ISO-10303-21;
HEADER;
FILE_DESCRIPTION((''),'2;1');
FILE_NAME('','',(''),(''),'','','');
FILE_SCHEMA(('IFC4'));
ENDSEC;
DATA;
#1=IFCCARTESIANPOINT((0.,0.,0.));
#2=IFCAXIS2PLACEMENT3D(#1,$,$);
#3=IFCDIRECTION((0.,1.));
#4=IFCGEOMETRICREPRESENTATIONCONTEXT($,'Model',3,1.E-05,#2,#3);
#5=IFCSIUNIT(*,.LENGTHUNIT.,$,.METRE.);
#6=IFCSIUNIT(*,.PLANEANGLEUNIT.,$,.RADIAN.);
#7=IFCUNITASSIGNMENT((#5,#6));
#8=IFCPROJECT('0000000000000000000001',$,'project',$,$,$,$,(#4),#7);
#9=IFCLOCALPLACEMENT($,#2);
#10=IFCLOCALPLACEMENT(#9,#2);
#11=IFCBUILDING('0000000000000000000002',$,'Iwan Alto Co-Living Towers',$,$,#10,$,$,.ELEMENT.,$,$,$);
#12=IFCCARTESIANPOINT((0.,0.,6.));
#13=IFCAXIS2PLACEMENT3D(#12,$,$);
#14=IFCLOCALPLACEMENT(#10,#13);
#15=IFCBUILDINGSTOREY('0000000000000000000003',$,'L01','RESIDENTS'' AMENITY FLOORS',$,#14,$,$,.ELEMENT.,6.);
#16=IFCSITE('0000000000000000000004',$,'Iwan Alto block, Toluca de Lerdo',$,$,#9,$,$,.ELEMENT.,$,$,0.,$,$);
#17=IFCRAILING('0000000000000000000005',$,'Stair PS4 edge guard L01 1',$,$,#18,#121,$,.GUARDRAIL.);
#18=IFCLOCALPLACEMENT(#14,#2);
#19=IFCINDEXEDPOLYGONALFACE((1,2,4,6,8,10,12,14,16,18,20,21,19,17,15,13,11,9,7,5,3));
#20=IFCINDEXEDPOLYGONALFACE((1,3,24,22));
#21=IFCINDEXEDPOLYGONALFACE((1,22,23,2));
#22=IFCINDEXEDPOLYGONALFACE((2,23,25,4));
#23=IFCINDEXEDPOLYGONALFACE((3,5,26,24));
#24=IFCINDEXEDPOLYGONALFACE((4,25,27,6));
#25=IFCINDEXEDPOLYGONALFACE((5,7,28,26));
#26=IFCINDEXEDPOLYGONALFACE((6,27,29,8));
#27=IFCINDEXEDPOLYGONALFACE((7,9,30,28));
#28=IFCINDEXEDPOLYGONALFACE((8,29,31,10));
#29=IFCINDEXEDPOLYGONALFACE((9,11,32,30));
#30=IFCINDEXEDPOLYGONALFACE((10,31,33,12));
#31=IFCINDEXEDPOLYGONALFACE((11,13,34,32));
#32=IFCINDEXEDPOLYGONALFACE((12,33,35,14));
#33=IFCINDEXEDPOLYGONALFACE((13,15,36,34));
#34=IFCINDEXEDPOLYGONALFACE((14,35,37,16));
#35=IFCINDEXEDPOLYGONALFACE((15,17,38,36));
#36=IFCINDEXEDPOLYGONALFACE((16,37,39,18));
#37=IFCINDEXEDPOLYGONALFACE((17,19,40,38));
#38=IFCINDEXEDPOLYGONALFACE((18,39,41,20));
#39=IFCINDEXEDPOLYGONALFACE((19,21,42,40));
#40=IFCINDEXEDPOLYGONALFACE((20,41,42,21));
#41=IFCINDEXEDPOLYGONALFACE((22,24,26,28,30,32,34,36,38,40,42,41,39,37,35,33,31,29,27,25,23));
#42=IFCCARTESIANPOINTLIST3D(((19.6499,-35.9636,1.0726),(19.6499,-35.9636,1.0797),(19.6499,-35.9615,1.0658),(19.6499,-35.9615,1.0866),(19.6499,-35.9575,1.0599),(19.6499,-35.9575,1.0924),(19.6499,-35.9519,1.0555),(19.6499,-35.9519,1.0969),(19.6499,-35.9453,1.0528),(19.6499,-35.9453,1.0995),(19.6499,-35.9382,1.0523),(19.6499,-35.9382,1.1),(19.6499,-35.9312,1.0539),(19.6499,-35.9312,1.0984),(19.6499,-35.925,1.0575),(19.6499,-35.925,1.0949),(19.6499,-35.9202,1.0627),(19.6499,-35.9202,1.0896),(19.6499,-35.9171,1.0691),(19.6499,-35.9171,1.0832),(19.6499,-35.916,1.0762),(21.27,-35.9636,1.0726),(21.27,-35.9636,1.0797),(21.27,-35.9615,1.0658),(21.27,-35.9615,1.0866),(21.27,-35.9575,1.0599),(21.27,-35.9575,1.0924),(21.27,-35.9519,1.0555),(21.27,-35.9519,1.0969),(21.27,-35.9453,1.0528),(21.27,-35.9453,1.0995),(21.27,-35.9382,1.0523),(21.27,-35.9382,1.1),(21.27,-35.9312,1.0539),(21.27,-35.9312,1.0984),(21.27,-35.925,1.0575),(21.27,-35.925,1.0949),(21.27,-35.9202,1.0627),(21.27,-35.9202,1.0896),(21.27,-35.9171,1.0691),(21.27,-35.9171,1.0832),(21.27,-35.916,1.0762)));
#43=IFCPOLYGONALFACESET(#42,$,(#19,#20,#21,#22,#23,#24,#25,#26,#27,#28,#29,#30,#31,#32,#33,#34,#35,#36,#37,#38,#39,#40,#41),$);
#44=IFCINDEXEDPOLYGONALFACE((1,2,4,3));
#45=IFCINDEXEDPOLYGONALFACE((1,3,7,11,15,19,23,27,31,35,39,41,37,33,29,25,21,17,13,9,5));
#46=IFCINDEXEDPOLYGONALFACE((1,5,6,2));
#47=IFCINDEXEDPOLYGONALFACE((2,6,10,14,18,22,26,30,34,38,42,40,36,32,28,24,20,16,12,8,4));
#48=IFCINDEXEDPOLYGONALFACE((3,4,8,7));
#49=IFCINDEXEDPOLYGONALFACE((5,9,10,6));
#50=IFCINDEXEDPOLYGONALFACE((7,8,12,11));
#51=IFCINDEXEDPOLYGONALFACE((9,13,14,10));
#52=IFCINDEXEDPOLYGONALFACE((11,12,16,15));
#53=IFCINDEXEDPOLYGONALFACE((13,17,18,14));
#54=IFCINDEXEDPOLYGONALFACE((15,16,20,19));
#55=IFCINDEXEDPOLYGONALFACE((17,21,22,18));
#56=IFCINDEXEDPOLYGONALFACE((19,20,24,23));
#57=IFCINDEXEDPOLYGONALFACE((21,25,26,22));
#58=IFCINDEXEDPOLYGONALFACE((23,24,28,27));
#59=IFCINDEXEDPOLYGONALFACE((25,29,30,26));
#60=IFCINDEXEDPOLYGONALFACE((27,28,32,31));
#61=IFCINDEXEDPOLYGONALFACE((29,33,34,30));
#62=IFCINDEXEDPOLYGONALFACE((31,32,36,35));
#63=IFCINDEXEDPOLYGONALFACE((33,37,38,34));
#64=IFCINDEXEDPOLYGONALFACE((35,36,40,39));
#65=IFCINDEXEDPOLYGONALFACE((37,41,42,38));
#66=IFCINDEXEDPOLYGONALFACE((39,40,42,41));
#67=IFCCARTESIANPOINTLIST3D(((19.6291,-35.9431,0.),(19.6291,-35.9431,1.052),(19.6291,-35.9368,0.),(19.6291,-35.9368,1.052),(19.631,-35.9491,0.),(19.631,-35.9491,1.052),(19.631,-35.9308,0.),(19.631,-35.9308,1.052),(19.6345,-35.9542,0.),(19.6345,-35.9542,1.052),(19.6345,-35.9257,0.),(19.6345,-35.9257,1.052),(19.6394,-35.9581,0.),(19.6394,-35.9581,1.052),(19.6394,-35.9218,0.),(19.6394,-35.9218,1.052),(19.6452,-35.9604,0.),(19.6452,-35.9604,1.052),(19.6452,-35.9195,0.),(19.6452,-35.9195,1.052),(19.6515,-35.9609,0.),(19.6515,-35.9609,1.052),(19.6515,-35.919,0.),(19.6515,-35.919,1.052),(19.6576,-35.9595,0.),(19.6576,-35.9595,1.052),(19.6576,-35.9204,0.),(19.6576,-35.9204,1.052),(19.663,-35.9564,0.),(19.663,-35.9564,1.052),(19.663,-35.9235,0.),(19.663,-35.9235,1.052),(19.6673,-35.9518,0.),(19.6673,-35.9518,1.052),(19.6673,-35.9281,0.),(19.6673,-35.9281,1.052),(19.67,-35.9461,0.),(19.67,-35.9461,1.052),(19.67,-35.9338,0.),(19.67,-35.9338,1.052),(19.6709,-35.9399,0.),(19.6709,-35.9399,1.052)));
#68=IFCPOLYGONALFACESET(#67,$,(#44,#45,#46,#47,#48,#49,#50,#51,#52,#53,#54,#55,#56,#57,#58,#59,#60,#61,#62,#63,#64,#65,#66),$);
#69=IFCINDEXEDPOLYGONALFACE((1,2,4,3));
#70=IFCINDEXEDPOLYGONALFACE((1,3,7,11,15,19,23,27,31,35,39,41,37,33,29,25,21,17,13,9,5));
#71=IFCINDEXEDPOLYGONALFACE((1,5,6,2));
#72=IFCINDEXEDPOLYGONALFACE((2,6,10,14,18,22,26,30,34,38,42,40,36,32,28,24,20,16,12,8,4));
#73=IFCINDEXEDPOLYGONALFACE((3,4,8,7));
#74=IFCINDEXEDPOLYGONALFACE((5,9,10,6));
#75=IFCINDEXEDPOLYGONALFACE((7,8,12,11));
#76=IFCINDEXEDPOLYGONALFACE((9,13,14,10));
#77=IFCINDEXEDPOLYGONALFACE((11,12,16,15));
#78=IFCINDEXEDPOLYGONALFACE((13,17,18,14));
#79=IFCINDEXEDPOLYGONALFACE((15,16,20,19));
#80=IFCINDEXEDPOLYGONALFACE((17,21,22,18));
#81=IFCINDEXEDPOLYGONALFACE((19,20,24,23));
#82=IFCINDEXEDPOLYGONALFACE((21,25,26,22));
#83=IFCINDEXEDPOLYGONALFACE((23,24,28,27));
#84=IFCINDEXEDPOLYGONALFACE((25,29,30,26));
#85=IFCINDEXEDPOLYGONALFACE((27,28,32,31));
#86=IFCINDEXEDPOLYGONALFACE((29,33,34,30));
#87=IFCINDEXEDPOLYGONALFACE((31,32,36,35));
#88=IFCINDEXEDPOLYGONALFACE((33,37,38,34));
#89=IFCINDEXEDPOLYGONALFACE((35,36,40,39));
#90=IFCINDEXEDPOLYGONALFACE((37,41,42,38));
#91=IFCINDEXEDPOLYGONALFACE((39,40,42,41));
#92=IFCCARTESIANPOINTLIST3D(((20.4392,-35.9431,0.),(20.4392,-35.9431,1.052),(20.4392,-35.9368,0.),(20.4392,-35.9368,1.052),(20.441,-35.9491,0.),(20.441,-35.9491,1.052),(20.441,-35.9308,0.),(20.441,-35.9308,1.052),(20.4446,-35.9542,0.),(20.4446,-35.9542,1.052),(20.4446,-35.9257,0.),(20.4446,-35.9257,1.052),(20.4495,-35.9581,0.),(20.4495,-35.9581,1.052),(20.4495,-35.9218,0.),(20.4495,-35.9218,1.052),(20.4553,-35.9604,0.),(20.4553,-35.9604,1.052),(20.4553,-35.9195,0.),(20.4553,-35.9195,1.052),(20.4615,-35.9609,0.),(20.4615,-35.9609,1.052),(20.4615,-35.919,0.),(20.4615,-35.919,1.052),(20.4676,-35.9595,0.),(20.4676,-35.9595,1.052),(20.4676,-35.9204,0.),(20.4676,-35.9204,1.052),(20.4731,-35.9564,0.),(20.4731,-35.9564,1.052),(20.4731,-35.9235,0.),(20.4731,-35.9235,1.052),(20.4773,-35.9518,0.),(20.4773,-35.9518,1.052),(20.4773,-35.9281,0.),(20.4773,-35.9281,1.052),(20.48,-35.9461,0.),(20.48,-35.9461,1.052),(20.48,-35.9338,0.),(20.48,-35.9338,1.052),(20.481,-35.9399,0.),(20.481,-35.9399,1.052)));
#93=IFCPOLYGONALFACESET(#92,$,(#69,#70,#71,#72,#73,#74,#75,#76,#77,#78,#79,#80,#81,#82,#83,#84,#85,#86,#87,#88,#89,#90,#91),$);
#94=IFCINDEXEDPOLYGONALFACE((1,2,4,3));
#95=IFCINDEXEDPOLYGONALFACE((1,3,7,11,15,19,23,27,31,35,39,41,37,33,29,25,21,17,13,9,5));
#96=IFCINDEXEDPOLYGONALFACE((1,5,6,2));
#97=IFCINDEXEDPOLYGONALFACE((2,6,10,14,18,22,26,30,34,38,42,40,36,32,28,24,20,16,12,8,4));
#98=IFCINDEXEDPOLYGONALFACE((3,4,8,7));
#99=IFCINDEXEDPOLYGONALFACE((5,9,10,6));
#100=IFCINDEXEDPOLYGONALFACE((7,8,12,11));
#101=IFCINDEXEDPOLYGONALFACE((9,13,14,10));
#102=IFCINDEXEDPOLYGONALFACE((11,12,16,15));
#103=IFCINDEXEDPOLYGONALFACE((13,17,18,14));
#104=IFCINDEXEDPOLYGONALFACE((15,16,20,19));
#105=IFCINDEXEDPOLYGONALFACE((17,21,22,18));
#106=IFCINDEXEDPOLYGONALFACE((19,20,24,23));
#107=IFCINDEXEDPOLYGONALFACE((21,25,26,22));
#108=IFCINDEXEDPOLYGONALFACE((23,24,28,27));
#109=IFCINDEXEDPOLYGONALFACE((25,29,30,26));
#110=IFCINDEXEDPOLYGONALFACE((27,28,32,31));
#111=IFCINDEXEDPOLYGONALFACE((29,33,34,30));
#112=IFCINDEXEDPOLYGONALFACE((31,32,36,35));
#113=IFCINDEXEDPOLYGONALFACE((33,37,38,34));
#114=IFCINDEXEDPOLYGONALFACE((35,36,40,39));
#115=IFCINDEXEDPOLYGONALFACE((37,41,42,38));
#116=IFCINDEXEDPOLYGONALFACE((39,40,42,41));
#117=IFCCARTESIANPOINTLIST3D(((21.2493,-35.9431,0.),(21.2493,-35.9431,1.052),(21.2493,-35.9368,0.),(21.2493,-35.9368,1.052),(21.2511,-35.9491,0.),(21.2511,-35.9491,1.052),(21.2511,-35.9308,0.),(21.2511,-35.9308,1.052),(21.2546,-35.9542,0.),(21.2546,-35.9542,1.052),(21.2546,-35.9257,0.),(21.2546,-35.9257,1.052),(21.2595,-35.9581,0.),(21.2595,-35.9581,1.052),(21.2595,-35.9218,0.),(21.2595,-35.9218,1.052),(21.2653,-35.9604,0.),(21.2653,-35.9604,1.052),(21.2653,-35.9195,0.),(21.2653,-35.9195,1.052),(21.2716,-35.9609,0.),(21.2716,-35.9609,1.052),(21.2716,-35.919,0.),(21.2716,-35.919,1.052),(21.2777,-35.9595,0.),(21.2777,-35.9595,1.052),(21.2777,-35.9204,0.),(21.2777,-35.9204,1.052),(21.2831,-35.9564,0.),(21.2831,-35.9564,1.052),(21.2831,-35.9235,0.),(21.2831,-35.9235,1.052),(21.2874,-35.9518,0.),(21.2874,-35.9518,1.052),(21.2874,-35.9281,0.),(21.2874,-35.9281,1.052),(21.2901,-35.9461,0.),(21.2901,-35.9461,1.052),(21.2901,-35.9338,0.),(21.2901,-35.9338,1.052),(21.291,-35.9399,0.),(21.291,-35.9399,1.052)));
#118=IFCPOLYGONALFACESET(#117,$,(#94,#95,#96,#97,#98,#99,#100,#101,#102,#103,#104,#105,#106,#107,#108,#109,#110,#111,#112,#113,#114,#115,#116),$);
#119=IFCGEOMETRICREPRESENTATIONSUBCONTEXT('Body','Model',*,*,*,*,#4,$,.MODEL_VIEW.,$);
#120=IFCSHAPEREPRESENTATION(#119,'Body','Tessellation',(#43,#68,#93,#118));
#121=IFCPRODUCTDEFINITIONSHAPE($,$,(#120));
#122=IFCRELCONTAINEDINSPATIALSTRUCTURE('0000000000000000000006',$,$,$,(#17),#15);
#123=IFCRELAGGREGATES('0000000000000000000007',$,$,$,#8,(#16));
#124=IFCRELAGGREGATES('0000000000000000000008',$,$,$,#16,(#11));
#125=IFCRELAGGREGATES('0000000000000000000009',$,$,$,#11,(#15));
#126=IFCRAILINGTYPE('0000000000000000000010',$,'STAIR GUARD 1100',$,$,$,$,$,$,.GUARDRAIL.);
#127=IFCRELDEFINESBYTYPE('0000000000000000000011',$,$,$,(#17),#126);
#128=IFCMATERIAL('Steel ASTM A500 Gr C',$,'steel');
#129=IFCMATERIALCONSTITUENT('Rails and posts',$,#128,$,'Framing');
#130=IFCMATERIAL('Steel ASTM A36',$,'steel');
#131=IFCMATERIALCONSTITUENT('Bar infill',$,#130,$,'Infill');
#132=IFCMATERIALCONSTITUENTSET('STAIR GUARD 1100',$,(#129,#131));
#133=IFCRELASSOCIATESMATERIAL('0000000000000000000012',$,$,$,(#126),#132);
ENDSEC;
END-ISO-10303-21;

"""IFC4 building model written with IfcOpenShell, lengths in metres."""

from ifc_helpers import new_model, si_unit, direction, frame, origin, origin_2d, place, context, subcontext, project, spatial, circle, extrude, material, constituent, constituent_set, type_object, element, save


model = new_model("IFC4")

# Units and contexts
model_context = context("Model", 3, precision=1e-05, world=origin(), true_north=direction((0.0, 1.0)))
body_context = subcontext(model_context, "Body", "Model", "MODEL_VIEW")
ifc_project = project(units=[si_unit("LENGTHUNIT", "METRE"), si_unit("PLANEANGLEUNIT", "RADIAN")], contexts=[model_context])

# Site, building, storey
site_placement = place(None, origin())
site = spatial("IfcSite", under=ifc_project, at=site_placement, Name="Iwan Alto block, Toluca de Lerdo", CompositionType="ELEMENT", RefElevation=0.0)
building_placement = place(site_placement, origin())
building = spatial("IfcBuilding", under=site, at=building_placement, Name="Iwan Alto Co-Living Towers", CompositionType="ELEMENT")
storey_placement = place(building_placement, frame((0.0, 0.0, 6.0)))
storey = spatial("IfcBuildingStorey", under=building, at=storey_placement, Name="L01", Description="RESIDENTS' AMENITY FLOORS", CompositionType="ELEMENT", Elevation=6.0)

# Shared definitions
ifc_material_1 = material(Name="Steel ASTM A36", Category="steel")

# Railing
ifc_material_2 = material(Name="Steel ASTM A500 Gr C", Category="steel")
ifc_constituent_1 = constituent(ifc_material_2, Name="Rails and posts", Category="Framing")
ifc_constituent_2 = constituent(ifc_material_1, Name="Bar infill", Category="Infill")
ifc_constituent_set_1 = constituent_set(constituents=[ifc_constituent_1, ifc_constituent_2], Name="STAIR GUARD 1100")
railing_type_1 = type_object("IfcRailingType", Name="STAIR GUARD 1100", PredefinedType="GUARDRAIL", material=ifc_constituent_set_1)
railing_1_placement = place(storey_placement, frame((19.6499, -35.9399, 0.0)))
element("IfcRailing", 1, at=railing_1_placement, inside=storey, type_object=railing_type_1, Name="Stair PS4 edge guard L01 1", PredefinedType="GUARDRAIL", context=body_context, shape_type="SweptSolid", body=[
    extrude(circle(Radius=0.0239, at=origin_2d()), frame((0.0, 0.0, 1.0762), z_axis=(1.0, 0.0, 0.0), x_axis=(0.0, 1.0, 0.0)), (0.0, 0.0, 1.0), 1.6201),
    extrude(circle(Radius=0.021, at=origin_2d()), origin(), (0.0, 0.0, 1.0), 1.052),
    extrude(circle(Radius=0.021, at=origin_2d()), frame((0.8101, 0.0, 0.0)), (0.0, 0.0, 1.0), 1.052),
    extrude(circle(Radius=0.021, at=origin_2d()), frame((1.6201, 0.0, 0.0)), (0.0, 0.0, 1.0), 1.052),
])

save(model, "model.ifc")
